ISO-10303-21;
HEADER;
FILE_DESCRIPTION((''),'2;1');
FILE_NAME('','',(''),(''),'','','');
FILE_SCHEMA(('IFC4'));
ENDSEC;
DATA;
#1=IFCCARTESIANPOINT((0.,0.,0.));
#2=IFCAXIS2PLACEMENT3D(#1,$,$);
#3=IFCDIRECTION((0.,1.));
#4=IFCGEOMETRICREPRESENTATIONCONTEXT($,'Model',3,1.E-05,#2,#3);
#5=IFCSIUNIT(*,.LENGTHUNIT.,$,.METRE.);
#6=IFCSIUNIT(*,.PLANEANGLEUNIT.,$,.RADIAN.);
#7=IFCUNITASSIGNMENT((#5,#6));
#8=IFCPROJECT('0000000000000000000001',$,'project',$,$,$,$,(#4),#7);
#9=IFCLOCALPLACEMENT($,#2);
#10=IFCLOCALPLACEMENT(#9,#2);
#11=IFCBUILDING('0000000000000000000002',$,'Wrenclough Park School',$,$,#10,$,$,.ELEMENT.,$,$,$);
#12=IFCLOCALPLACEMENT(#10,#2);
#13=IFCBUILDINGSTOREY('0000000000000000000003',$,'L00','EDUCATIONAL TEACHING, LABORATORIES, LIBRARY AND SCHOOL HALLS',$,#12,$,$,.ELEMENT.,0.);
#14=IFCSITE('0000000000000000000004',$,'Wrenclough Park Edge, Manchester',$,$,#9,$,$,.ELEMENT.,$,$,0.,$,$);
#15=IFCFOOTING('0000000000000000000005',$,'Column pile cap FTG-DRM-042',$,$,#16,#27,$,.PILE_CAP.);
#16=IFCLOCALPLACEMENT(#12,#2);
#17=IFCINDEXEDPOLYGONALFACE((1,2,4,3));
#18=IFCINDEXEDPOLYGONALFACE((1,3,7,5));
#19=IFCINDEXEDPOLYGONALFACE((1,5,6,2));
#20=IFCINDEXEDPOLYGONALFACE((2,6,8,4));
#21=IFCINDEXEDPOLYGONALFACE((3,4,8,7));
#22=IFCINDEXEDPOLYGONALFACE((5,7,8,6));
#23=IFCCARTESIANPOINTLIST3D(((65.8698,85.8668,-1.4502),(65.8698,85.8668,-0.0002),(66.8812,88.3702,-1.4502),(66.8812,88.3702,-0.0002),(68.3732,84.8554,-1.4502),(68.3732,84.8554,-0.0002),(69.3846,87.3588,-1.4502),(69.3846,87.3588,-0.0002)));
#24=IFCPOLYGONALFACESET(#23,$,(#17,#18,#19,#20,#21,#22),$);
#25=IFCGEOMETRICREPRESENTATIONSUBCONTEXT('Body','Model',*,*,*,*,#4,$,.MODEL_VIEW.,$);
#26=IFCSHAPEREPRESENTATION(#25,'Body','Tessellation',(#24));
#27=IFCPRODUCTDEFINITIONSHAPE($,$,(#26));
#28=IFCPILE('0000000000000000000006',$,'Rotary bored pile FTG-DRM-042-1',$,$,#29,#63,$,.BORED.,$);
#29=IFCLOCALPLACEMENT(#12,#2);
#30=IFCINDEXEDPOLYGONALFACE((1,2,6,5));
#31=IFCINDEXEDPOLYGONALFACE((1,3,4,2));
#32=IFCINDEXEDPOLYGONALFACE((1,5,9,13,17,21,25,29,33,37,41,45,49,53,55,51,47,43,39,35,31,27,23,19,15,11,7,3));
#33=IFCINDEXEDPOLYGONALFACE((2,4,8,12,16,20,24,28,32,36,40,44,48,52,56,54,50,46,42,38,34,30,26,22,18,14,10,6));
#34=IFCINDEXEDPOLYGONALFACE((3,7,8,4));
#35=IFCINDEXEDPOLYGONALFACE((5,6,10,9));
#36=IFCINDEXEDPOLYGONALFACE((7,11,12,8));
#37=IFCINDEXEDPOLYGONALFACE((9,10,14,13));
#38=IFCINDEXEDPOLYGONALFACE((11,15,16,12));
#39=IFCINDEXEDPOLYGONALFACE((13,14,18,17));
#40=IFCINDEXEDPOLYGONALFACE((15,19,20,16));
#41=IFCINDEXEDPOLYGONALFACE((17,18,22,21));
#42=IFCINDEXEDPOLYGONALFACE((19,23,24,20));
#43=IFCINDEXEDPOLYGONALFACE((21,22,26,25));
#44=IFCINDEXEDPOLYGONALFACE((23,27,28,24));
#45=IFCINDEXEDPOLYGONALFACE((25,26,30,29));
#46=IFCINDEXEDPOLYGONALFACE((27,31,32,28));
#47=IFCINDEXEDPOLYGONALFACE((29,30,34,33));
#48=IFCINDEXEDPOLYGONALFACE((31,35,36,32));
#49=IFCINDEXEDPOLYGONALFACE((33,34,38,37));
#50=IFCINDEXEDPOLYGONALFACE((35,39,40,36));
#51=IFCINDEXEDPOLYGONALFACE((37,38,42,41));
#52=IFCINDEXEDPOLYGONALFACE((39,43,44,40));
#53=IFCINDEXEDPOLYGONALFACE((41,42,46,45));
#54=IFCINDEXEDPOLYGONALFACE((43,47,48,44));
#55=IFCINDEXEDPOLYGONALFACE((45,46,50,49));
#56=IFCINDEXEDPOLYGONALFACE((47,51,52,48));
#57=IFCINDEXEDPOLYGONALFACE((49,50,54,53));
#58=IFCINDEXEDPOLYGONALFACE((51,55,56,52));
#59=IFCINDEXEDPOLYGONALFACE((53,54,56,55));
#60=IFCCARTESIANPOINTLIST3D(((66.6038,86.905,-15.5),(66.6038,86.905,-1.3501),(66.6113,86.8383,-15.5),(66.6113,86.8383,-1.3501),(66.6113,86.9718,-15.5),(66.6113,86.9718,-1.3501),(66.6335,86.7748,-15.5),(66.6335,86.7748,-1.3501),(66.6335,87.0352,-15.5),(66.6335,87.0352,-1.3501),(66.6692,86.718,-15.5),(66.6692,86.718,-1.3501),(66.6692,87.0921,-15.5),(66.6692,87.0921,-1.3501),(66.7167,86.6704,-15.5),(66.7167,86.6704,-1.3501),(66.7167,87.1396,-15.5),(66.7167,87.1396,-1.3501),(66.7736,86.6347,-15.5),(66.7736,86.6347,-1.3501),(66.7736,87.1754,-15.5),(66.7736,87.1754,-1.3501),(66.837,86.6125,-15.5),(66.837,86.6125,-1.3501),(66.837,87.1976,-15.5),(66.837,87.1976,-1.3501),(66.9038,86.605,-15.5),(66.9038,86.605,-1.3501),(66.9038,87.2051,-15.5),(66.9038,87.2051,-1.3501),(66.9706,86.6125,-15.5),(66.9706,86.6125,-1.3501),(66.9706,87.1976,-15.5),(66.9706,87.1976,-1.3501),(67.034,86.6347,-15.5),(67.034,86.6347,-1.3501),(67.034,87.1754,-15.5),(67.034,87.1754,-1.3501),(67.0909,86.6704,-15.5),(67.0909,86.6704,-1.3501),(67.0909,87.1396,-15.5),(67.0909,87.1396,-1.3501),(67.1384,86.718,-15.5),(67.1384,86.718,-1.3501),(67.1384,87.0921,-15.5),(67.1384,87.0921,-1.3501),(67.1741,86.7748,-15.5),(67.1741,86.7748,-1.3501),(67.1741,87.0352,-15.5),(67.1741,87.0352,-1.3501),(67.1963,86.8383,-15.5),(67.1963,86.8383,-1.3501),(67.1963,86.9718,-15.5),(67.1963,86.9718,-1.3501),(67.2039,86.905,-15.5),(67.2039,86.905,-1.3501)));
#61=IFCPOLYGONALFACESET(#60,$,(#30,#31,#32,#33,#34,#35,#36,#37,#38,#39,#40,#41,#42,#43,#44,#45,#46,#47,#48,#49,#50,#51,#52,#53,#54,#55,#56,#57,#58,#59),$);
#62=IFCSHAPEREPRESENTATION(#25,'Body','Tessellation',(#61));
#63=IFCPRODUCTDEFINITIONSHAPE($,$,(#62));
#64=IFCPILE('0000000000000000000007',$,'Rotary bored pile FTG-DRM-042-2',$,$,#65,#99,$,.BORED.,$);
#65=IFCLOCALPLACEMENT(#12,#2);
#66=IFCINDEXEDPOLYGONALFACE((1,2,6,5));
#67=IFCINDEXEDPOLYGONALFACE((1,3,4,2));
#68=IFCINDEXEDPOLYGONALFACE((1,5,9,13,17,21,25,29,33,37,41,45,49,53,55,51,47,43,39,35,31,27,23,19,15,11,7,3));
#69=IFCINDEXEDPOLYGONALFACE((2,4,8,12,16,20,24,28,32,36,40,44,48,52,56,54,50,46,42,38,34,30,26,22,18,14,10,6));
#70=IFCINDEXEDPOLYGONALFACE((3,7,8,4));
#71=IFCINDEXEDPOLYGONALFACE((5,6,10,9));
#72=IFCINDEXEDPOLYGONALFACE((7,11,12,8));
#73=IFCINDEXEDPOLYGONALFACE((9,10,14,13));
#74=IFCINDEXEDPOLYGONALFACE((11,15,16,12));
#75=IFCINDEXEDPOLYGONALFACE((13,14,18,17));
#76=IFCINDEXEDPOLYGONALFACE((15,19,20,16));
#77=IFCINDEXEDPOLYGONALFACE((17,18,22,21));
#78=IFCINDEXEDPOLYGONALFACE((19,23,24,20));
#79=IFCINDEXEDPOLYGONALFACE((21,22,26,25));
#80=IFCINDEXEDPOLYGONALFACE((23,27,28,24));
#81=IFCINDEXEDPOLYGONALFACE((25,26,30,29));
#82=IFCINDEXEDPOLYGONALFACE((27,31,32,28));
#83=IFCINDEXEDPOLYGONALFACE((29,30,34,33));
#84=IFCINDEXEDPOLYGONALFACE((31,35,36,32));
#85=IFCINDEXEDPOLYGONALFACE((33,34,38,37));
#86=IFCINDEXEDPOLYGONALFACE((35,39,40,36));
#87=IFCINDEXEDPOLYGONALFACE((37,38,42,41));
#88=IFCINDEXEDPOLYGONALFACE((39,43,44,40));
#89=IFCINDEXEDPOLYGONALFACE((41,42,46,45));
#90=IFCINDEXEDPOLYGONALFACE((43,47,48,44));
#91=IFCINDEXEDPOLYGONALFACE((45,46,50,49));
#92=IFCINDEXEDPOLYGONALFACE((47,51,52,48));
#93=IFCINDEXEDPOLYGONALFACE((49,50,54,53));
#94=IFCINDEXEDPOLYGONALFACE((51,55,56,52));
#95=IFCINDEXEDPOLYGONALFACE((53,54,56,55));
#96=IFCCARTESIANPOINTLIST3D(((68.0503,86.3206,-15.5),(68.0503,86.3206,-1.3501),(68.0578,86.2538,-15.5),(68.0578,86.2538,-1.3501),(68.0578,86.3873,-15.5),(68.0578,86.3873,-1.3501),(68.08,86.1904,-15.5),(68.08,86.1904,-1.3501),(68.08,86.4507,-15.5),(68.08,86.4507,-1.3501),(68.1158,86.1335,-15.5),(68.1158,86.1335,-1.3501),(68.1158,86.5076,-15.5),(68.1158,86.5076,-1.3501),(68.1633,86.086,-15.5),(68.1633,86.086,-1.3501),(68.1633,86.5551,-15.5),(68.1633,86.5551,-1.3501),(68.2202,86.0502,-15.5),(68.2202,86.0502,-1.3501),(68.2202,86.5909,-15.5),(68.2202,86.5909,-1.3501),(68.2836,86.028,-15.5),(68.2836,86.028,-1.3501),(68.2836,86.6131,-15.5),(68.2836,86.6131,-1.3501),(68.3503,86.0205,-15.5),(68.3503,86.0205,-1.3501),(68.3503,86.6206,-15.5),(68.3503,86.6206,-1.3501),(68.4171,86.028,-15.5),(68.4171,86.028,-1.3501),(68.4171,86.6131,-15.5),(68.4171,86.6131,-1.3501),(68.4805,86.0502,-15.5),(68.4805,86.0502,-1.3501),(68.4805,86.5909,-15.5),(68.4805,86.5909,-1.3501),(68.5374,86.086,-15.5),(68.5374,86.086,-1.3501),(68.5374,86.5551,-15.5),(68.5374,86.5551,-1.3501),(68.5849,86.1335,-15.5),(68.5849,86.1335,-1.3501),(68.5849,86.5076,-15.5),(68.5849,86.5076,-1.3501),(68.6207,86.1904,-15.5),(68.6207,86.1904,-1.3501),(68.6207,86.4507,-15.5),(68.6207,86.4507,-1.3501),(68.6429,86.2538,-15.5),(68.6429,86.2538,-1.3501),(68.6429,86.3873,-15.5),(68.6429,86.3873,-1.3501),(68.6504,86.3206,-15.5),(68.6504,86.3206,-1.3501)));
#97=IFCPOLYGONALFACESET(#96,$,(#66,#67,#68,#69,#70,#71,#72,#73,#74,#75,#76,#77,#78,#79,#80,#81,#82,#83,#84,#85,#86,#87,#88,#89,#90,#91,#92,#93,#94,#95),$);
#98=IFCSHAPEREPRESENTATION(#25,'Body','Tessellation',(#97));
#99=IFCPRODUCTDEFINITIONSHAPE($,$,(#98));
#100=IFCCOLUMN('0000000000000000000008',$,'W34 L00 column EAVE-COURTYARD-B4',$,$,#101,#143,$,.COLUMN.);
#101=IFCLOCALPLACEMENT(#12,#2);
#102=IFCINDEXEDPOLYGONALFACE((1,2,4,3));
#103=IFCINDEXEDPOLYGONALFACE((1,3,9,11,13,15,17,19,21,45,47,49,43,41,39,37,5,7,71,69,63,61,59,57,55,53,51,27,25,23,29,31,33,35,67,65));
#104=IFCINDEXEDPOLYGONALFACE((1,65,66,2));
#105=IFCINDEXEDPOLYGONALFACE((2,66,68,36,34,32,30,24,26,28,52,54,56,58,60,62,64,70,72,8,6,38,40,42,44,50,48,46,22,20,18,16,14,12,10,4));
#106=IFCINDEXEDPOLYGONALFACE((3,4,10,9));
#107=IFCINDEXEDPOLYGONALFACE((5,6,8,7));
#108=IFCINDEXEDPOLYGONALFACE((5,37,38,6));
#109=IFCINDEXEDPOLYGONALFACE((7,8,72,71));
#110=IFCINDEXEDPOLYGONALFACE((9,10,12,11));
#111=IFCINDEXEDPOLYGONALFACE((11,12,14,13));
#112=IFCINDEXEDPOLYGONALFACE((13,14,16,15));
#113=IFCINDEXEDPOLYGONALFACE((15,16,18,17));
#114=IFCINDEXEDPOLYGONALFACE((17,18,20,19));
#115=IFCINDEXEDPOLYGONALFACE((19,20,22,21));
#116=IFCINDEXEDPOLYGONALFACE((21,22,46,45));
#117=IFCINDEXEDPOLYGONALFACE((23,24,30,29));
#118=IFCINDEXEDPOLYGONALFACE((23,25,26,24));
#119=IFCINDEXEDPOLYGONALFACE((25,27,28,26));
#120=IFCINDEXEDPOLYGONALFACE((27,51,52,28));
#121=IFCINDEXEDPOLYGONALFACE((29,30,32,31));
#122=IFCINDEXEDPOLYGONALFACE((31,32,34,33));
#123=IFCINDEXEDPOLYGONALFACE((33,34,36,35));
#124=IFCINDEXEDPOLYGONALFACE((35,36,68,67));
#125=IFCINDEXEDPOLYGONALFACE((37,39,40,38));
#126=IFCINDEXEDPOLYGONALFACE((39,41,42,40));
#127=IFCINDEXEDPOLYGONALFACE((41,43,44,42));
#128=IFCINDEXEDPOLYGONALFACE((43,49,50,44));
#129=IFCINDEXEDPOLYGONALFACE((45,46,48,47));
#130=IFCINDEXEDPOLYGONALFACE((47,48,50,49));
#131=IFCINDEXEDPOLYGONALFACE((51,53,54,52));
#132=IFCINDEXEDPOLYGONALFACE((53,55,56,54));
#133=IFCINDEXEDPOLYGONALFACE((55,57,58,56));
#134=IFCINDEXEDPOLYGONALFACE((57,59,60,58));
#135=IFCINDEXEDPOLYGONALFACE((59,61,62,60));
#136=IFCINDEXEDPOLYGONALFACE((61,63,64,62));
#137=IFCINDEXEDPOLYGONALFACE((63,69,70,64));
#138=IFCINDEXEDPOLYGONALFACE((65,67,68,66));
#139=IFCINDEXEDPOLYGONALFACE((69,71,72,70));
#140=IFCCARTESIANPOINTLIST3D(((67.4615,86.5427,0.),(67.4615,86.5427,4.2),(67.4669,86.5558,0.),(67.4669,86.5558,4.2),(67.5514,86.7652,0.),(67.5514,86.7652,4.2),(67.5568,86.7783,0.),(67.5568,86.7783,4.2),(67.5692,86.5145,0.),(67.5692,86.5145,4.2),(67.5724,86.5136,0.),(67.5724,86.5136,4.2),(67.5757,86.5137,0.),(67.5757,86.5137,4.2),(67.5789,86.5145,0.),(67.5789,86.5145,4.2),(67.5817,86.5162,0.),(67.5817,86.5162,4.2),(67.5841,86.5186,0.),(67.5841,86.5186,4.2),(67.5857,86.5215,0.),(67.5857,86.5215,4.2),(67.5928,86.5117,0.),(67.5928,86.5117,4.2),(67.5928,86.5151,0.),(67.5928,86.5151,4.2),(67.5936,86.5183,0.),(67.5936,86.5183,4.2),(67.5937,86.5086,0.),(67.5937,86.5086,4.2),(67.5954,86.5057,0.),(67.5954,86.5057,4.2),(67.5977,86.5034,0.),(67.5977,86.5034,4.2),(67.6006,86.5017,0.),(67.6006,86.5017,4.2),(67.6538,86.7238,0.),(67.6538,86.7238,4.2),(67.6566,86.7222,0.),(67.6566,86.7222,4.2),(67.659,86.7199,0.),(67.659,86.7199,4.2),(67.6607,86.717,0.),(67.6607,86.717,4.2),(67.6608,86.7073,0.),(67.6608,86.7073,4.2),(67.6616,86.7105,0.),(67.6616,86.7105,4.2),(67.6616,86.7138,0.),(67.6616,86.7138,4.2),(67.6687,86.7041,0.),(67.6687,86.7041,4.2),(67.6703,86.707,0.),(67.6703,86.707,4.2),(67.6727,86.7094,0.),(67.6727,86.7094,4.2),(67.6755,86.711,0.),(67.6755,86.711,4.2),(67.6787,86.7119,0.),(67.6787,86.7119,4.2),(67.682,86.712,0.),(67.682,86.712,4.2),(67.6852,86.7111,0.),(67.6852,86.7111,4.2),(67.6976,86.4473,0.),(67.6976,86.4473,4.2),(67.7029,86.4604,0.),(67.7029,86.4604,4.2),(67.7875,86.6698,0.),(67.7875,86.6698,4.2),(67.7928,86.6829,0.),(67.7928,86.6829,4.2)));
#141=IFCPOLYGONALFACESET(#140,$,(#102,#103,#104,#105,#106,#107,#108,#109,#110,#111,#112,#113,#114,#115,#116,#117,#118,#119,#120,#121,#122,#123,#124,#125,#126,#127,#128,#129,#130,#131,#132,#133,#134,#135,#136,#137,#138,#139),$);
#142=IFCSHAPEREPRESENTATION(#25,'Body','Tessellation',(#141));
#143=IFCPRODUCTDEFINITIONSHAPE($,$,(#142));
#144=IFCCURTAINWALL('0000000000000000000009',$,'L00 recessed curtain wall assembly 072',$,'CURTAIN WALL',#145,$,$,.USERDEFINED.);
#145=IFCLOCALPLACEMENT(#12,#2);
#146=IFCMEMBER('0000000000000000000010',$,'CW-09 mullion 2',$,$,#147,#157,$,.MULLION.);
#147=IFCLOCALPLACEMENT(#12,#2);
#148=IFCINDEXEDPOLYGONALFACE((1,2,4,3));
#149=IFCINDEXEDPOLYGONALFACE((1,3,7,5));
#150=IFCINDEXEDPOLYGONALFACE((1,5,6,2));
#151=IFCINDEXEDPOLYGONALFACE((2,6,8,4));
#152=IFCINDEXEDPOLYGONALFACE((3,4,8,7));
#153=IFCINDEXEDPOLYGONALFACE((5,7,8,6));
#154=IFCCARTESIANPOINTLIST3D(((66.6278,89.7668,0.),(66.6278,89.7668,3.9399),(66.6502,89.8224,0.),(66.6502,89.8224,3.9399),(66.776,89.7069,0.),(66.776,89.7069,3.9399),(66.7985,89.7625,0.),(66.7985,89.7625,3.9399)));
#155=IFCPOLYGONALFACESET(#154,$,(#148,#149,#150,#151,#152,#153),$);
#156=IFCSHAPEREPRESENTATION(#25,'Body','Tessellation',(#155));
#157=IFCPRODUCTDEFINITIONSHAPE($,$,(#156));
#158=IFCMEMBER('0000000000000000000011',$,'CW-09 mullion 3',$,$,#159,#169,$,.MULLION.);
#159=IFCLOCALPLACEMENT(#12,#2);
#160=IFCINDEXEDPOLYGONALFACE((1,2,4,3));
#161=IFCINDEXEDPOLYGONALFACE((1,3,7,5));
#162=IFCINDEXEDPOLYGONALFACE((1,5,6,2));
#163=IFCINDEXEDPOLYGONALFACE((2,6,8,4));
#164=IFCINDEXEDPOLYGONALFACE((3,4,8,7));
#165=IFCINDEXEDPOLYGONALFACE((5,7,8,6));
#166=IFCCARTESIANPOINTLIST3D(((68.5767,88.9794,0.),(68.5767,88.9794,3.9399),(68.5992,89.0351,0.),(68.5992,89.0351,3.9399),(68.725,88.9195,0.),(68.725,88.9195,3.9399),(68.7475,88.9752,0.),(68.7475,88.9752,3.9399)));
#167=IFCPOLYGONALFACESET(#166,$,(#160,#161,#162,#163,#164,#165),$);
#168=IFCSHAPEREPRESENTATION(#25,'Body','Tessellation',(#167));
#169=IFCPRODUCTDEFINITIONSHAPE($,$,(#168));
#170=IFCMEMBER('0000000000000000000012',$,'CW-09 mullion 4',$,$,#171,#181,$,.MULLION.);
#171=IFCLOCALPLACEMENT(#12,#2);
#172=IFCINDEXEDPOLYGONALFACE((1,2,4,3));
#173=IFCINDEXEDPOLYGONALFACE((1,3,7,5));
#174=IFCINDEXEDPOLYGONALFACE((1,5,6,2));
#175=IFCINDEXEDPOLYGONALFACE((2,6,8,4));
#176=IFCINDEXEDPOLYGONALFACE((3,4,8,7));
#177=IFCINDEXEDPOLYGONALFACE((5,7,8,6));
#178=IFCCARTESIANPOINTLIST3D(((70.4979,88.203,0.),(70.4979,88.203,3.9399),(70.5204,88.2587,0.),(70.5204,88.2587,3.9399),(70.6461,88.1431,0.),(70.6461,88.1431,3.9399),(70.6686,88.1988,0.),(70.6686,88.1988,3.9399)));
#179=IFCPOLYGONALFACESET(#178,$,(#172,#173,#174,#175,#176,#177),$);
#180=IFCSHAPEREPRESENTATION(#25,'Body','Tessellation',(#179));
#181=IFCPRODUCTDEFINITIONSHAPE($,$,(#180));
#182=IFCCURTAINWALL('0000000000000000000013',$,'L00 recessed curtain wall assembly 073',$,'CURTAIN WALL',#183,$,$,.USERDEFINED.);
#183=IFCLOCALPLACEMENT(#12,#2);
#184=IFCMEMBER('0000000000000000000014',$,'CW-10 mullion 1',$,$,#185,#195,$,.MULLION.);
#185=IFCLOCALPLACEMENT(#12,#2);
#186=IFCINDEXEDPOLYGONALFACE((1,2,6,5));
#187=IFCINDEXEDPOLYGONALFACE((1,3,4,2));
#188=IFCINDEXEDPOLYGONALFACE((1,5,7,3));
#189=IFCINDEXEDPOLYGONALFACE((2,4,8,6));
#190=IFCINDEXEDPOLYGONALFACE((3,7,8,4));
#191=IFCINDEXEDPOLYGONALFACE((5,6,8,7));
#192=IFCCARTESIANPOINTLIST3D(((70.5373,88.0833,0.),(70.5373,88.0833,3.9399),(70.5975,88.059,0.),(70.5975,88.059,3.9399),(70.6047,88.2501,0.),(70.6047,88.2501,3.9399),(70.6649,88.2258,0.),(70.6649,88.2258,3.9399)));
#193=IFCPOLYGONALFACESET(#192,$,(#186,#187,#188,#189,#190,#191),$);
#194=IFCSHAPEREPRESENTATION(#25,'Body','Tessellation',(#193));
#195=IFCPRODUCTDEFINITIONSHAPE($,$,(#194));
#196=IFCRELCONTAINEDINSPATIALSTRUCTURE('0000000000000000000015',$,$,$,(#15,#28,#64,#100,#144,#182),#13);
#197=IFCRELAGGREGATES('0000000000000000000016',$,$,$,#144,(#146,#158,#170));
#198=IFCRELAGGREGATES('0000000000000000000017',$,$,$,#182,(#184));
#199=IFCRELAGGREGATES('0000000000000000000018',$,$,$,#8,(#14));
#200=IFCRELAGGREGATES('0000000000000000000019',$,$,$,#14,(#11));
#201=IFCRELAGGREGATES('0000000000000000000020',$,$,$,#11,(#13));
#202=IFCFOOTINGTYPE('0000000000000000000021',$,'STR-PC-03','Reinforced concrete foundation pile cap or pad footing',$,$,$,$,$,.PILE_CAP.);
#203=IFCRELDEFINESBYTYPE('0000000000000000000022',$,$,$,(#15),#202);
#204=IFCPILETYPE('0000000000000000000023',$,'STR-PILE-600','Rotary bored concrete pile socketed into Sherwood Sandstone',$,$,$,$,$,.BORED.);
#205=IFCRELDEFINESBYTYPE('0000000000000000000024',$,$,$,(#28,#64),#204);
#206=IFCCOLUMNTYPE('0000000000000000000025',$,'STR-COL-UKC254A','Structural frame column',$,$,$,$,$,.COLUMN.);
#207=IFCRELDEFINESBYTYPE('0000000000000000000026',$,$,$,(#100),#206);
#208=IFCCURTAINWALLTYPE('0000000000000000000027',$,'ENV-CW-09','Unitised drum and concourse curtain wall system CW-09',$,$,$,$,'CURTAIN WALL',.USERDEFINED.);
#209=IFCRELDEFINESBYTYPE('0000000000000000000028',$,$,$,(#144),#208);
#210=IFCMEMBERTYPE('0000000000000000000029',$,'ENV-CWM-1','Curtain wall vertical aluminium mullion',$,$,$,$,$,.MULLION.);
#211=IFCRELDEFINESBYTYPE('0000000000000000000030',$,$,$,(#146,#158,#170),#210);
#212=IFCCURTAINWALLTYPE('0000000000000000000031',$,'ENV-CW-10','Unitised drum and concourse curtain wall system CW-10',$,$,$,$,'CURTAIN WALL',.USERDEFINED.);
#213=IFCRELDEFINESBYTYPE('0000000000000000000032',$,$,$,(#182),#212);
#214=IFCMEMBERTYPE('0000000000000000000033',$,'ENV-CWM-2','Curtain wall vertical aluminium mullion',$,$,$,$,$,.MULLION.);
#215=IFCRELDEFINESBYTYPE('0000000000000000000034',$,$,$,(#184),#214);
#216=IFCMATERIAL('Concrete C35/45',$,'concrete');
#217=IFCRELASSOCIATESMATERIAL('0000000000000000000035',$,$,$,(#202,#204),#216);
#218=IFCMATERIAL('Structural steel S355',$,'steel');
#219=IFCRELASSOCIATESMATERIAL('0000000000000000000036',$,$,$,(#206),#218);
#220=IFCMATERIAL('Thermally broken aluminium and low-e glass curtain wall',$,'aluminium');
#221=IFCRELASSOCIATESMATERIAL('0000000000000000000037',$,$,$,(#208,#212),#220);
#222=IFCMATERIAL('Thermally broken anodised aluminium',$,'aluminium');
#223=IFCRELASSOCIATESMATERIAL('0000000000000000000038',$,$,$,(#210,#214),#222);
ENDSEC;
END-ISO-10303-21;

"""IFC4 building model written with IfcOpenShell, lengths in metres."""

from ifc_helpers import new_model, si_unit, direction, frame, origin, origin_2d, place, context, subcontext, project, spatial, rectangle, circle, i_section, extrude, material, material_profile, profile_set, type_object, element, aggregate, save


model = new_model("IFC4")

# Units and contexts
model_context = context("Model", 3, precision=1e-05, world=origin(), true_north=direction((0.0, 1.0)))
body_context = subcontext(model_context, "Body", "Model", "MODEL_VIEW")
ifc_project = project(units=[si_unit("LENGTHUNIT", "METRE"), si_unit("PLANEANGLEUNIT", "RADIAN")], contexts=[model_context])

# Site, building, storey
site_placement = place(None, origin())
site = spatial("IfcSite", under=ifc_project, at=site_placement, Name="Wrenclough Park Edge, Manchester", CompositionType="ELEMENT", RefElevation=0.0)
building_placement = place(site_placement, origin())
building = spatial("IfcBuilding", under=site, at=building_placement, Name="Wrenclough Park School", CompositionType="ELEMENT")
storey_placement = place(building_placement, origin())
storey = spatial("IfcBuildingStorey", under=building, at=storey_placement, Name="L00", Description="EDUCATIONAL TEACHING, LABORATORIES, LIBRARY AND SCHOOL HALLS", CompositionType="ELEMENT", Elevation=0.0)

# Footing
ifc_material_1 = material(Name="Concrete C35/45", Category="concrete")
footing_type = type_object("IfcFootingType", Name="STR-PC-03", Description="Reinforced concrete foundation pile cap or pad footing", PredefinedType="PILE_CAP", material=ifc_material_1)
footing_placement = place(storey_placement, frame((67.6272, 86.6128, -1.4502), z_axis=(0.0, 0.0, 1.0), x_axis=(0.927184, -0.374607, 0.0)))
element("IfcFooting", 1, at=footing_placement, inside=storey, type_object=footing_type, Name="Column pile cap FTG-DRM-042", PredefinedType="PILE_CAP", context=body_context, shape_type="SweptSolid", body=[
    extrude(rectangle(XDim=2.7, YDim=2.7, at=origin_2d()), origin(), (0.0, 0.0, 1.0), 1.45),
])

# Piles
ifc_material_profile_1 = material_profile(ifc_material_1, circle(Radius=0.3, at=origin_2d()), Name="BORED PILE D600")
ifc_profile_set_1 = profile_set([ifc_material_profile_1], Name="Concrete C35/45")
pile_type = type_object("IfcPileType", Name="STR-PILE-600", Description="Rotary bored concrete pile socketed into Sherwood Sandstone", PredefinedType="BORED", material=ifc_profile_set_1)
for number, where, z_axis, x_axis, name in (
    (2, (66.9038, 86.905, -1.3501), (0.0, 0.0, -1.0), (1.0, 0.0, 0.0), "Rotary bored pile FTG-DRM-042-1"),
    (3, (68.3503, 86.3206, -1.3501), (0.0, 0.0, -1.0), (1.0, 0.0, 0.0), "Rotary bored pile FTG-DRM-042-2"),
):
    element("IfcPile", number, at=place(storey_placement, frame(where, z_axis=z_axis, x_axis=x_axis)), inside=storey, type_object=pile_type, Name=name, PredefinedType="BORED", context=body_context, shape_type="SweptSolid", body=[
        extrude(circle(Radius=0.3, at=origin_2d()), origin(), (0.0, 0.0, 1.0), 14.1499),
    ])

# Column
ifc_material_2 = material(Name="Structural steel S355", Category="steel")
ifc_material_profile_2 = material_profile(ifc_material_2, i_section(OverallWidth=0.2546, OverallDepth=0.2542, WebThickness=0.0085, FlangeThickness=0.0142, FilletRadius=0.0127, at=origin_2d()), Name="UKC 254x254x73")
ifc_profile_set_2 = profile_set([ifc_material_profile_2], Name="Structural steel S355")
column_type = type_object("IfcColumnType", Name="STR-COL-UKC254A", Description="Structural frame column", PredefinedType="COLUMN", material=ifc_profile_set_2)
column_placement = place(storey_placement, frame((67.6272, 86.6128, 0.0), z_axis=(0.0, 0.0, 1.0), x_axis=(0.927184, -0.374607, 0.0)))
element("IfcColumn", 4, at=column_placement, inside=storey, type_object=column_type, Name="W34 L00 column EAVE-COURTYARD-B4", PredefinedType="COLUMN", context=body_context, shape_type="SweptSolid", body=[
    extrude(i_section(OverallWidth=0.2546, OverallDepth=0.2542, WebThickness=0.0085, FlangeThickness=0.0142, FilletRadius=0.0127, at=origin_2d()), origin(), (0.0, 0.0, 1.0), 4.2),
])

# Curtain walls, members
ifc_material_3 = material(Name="Thermally broken aluminium and low-e glass curtain wall", Category="aluminium")
curtain_wall_type_1 = type_object("IfcCurtainWallType", Name="ENV-CW-09", Description="Unitised drum and concourse curtain wall system CW-09", ElementType="CURTAIN WALL", PredefinedType="USERDEFINED", material=ifc_material_3)
curtain_wall_1_placement = place(storey_placement, origin())
curtain_wall_1 = element("IfcCurtainWall", 5, at=curtain_wall_1_placement, inside=storey, type_object=curtain_wall_type_1, Name="L00 recessed curtain wall assembly 072", ObjectType="CURTAIN WALL", PredefinedType="USERDEFINED")
ifc_material_4 = material(Name="Thermally broken anodised aluminium", Category="aluminium")
ifc_material_profile_3 = material_profile(ifc_material_4, rectangle(XDim=0.0601, YDim=0.1599, at=origin_2d()), Name="AL MULLION 60x160")
ifc_profile_set_3 = profile_set([ifc_material_profile_3], Name="Thermally broken anodised aluminium")
member_type_1 = type_object("IfcMemberType", Name="ENV-CWM-1", Description="Curtain wall vertical aluminium mullion", PredefinedType="MULLION", material=ifc_profile_set_3)
member_1_placement = place(storey_placement, frame((66.7131, 89.7646, 0.0), z_axis=(0.0, 0.0, 1.0), x_axis=(0.374606, 0.927184, 0.0)))
member_1 = element("IfcMember", 6, at=member_1_placement, type_object=member_type_1, Name="CW-09 mullion 2", PredefinedType="MULLION", context=body_context, shape_type="SweptSolid", body=[
    extrude(rectangle(XDim=0.0601, YDim=0.1599, at=origin_2d()), origin(), (0.0, 0.0, 1.0), 3.9399),
])
member_2_placement = place(storey_placement, frame((68.6621, 88.9773, 0.0), z_axis=(0.0, 0.0, 1.0), x_axis=(0.374606, 0.927184, 0.0)))
member_2 = element("IfcMember", 7, at=member_2_placement, type_object=member_type_1, Name="CW-09 mullion 3", PredefinedType="MULLION", context=body_context, shape_type="SweptSolid", body=[
    extrude(rectangle(XDim=0.0601, YDim=0.1599, at=origin_2d()), origin(), (0.0, 0.0, 1.0), 3.9399),
])
member_3_placement = place(storey_placement, frame((70.5833, 88.2009, 0.0), z_axis=(0.0, 0.0, 1.0), x_axis=(0.374606, 0.927184, 0.0)))
member_3 = element("IfcMember", 8, at=member_3_placement, type_object=member_type_1, Name="CW-09 mullion 4", PredefinedType="MULLION", context=body_context, shape_type="SweptSolid", body=[
    extrude(rectangle(XDim=0.0601, YDim=0.1599, at=origin_2d()), origin(), (0.0, 0.0, 1.0), 3.9399),
])
curtain_wall_type_2 = type_object("IfcCurtainWallType", Name="ENV-CW-10", Description="Unitised drum and concourse curtain wall system CW-10", ElementType="CURTAIN WALL", PredefinedType="USERDEFINED", material=ifc_material_3)
curtain_wall_2_placement = place(storey_placement, origin())
curtain_wall_2 = element("IfcCurtainWall", 9, at=curtain_wall_2_placement, inside=storey, type_object=curtain_wall_type_2, Name="L00 recessed curtain wall assembly 073", ObjectType="CURTAIN WALL", PredefinedType="USERDEFINED")
ifc_material_profile_4 = material_profile(ifc_material_4, rectangle(XDim=0.0649, YDim=0.1799, at=origin_2d()), Name="AL MULLION 65x180")
ifc_profile_set_4 = profile_set([ifc_material_profile_4], Name="Thermally broken anodised aluminium")
member_type_2 = type_object("IfcMemberType", Name="ENV-CWM-2", Description="Curtain wall vertical aluminium mullion", PredefinedType="MULLION", material=ifc_profile_set_4)
member_4_placement = place(storey_placement, frame((70.6011, 88.1545, 0.0), z_axis=(0.0, 0.0, 1.0), x_axis=(0.927191, -0.37459, 0.0)))
member_4 = element("IfcMember", 10, at=member_4_placement, type_object=member_type_2, Name="CW-10 mullion 1", PredefinedType="MULLION", context=body_context, shape_type="SweptSolid", body=[
    extrude(rectangle(XDim=0.0649, YDim=0.1799, at=origin_2d()), origin(), (0.0, 0.0, 1.0), 3.9399),
])

aggregate(curtain_wall_1, [member_1, member_2, member_3])
aggregate(curtain_wall_2, [member_4])

save(model, "model.ifc")
